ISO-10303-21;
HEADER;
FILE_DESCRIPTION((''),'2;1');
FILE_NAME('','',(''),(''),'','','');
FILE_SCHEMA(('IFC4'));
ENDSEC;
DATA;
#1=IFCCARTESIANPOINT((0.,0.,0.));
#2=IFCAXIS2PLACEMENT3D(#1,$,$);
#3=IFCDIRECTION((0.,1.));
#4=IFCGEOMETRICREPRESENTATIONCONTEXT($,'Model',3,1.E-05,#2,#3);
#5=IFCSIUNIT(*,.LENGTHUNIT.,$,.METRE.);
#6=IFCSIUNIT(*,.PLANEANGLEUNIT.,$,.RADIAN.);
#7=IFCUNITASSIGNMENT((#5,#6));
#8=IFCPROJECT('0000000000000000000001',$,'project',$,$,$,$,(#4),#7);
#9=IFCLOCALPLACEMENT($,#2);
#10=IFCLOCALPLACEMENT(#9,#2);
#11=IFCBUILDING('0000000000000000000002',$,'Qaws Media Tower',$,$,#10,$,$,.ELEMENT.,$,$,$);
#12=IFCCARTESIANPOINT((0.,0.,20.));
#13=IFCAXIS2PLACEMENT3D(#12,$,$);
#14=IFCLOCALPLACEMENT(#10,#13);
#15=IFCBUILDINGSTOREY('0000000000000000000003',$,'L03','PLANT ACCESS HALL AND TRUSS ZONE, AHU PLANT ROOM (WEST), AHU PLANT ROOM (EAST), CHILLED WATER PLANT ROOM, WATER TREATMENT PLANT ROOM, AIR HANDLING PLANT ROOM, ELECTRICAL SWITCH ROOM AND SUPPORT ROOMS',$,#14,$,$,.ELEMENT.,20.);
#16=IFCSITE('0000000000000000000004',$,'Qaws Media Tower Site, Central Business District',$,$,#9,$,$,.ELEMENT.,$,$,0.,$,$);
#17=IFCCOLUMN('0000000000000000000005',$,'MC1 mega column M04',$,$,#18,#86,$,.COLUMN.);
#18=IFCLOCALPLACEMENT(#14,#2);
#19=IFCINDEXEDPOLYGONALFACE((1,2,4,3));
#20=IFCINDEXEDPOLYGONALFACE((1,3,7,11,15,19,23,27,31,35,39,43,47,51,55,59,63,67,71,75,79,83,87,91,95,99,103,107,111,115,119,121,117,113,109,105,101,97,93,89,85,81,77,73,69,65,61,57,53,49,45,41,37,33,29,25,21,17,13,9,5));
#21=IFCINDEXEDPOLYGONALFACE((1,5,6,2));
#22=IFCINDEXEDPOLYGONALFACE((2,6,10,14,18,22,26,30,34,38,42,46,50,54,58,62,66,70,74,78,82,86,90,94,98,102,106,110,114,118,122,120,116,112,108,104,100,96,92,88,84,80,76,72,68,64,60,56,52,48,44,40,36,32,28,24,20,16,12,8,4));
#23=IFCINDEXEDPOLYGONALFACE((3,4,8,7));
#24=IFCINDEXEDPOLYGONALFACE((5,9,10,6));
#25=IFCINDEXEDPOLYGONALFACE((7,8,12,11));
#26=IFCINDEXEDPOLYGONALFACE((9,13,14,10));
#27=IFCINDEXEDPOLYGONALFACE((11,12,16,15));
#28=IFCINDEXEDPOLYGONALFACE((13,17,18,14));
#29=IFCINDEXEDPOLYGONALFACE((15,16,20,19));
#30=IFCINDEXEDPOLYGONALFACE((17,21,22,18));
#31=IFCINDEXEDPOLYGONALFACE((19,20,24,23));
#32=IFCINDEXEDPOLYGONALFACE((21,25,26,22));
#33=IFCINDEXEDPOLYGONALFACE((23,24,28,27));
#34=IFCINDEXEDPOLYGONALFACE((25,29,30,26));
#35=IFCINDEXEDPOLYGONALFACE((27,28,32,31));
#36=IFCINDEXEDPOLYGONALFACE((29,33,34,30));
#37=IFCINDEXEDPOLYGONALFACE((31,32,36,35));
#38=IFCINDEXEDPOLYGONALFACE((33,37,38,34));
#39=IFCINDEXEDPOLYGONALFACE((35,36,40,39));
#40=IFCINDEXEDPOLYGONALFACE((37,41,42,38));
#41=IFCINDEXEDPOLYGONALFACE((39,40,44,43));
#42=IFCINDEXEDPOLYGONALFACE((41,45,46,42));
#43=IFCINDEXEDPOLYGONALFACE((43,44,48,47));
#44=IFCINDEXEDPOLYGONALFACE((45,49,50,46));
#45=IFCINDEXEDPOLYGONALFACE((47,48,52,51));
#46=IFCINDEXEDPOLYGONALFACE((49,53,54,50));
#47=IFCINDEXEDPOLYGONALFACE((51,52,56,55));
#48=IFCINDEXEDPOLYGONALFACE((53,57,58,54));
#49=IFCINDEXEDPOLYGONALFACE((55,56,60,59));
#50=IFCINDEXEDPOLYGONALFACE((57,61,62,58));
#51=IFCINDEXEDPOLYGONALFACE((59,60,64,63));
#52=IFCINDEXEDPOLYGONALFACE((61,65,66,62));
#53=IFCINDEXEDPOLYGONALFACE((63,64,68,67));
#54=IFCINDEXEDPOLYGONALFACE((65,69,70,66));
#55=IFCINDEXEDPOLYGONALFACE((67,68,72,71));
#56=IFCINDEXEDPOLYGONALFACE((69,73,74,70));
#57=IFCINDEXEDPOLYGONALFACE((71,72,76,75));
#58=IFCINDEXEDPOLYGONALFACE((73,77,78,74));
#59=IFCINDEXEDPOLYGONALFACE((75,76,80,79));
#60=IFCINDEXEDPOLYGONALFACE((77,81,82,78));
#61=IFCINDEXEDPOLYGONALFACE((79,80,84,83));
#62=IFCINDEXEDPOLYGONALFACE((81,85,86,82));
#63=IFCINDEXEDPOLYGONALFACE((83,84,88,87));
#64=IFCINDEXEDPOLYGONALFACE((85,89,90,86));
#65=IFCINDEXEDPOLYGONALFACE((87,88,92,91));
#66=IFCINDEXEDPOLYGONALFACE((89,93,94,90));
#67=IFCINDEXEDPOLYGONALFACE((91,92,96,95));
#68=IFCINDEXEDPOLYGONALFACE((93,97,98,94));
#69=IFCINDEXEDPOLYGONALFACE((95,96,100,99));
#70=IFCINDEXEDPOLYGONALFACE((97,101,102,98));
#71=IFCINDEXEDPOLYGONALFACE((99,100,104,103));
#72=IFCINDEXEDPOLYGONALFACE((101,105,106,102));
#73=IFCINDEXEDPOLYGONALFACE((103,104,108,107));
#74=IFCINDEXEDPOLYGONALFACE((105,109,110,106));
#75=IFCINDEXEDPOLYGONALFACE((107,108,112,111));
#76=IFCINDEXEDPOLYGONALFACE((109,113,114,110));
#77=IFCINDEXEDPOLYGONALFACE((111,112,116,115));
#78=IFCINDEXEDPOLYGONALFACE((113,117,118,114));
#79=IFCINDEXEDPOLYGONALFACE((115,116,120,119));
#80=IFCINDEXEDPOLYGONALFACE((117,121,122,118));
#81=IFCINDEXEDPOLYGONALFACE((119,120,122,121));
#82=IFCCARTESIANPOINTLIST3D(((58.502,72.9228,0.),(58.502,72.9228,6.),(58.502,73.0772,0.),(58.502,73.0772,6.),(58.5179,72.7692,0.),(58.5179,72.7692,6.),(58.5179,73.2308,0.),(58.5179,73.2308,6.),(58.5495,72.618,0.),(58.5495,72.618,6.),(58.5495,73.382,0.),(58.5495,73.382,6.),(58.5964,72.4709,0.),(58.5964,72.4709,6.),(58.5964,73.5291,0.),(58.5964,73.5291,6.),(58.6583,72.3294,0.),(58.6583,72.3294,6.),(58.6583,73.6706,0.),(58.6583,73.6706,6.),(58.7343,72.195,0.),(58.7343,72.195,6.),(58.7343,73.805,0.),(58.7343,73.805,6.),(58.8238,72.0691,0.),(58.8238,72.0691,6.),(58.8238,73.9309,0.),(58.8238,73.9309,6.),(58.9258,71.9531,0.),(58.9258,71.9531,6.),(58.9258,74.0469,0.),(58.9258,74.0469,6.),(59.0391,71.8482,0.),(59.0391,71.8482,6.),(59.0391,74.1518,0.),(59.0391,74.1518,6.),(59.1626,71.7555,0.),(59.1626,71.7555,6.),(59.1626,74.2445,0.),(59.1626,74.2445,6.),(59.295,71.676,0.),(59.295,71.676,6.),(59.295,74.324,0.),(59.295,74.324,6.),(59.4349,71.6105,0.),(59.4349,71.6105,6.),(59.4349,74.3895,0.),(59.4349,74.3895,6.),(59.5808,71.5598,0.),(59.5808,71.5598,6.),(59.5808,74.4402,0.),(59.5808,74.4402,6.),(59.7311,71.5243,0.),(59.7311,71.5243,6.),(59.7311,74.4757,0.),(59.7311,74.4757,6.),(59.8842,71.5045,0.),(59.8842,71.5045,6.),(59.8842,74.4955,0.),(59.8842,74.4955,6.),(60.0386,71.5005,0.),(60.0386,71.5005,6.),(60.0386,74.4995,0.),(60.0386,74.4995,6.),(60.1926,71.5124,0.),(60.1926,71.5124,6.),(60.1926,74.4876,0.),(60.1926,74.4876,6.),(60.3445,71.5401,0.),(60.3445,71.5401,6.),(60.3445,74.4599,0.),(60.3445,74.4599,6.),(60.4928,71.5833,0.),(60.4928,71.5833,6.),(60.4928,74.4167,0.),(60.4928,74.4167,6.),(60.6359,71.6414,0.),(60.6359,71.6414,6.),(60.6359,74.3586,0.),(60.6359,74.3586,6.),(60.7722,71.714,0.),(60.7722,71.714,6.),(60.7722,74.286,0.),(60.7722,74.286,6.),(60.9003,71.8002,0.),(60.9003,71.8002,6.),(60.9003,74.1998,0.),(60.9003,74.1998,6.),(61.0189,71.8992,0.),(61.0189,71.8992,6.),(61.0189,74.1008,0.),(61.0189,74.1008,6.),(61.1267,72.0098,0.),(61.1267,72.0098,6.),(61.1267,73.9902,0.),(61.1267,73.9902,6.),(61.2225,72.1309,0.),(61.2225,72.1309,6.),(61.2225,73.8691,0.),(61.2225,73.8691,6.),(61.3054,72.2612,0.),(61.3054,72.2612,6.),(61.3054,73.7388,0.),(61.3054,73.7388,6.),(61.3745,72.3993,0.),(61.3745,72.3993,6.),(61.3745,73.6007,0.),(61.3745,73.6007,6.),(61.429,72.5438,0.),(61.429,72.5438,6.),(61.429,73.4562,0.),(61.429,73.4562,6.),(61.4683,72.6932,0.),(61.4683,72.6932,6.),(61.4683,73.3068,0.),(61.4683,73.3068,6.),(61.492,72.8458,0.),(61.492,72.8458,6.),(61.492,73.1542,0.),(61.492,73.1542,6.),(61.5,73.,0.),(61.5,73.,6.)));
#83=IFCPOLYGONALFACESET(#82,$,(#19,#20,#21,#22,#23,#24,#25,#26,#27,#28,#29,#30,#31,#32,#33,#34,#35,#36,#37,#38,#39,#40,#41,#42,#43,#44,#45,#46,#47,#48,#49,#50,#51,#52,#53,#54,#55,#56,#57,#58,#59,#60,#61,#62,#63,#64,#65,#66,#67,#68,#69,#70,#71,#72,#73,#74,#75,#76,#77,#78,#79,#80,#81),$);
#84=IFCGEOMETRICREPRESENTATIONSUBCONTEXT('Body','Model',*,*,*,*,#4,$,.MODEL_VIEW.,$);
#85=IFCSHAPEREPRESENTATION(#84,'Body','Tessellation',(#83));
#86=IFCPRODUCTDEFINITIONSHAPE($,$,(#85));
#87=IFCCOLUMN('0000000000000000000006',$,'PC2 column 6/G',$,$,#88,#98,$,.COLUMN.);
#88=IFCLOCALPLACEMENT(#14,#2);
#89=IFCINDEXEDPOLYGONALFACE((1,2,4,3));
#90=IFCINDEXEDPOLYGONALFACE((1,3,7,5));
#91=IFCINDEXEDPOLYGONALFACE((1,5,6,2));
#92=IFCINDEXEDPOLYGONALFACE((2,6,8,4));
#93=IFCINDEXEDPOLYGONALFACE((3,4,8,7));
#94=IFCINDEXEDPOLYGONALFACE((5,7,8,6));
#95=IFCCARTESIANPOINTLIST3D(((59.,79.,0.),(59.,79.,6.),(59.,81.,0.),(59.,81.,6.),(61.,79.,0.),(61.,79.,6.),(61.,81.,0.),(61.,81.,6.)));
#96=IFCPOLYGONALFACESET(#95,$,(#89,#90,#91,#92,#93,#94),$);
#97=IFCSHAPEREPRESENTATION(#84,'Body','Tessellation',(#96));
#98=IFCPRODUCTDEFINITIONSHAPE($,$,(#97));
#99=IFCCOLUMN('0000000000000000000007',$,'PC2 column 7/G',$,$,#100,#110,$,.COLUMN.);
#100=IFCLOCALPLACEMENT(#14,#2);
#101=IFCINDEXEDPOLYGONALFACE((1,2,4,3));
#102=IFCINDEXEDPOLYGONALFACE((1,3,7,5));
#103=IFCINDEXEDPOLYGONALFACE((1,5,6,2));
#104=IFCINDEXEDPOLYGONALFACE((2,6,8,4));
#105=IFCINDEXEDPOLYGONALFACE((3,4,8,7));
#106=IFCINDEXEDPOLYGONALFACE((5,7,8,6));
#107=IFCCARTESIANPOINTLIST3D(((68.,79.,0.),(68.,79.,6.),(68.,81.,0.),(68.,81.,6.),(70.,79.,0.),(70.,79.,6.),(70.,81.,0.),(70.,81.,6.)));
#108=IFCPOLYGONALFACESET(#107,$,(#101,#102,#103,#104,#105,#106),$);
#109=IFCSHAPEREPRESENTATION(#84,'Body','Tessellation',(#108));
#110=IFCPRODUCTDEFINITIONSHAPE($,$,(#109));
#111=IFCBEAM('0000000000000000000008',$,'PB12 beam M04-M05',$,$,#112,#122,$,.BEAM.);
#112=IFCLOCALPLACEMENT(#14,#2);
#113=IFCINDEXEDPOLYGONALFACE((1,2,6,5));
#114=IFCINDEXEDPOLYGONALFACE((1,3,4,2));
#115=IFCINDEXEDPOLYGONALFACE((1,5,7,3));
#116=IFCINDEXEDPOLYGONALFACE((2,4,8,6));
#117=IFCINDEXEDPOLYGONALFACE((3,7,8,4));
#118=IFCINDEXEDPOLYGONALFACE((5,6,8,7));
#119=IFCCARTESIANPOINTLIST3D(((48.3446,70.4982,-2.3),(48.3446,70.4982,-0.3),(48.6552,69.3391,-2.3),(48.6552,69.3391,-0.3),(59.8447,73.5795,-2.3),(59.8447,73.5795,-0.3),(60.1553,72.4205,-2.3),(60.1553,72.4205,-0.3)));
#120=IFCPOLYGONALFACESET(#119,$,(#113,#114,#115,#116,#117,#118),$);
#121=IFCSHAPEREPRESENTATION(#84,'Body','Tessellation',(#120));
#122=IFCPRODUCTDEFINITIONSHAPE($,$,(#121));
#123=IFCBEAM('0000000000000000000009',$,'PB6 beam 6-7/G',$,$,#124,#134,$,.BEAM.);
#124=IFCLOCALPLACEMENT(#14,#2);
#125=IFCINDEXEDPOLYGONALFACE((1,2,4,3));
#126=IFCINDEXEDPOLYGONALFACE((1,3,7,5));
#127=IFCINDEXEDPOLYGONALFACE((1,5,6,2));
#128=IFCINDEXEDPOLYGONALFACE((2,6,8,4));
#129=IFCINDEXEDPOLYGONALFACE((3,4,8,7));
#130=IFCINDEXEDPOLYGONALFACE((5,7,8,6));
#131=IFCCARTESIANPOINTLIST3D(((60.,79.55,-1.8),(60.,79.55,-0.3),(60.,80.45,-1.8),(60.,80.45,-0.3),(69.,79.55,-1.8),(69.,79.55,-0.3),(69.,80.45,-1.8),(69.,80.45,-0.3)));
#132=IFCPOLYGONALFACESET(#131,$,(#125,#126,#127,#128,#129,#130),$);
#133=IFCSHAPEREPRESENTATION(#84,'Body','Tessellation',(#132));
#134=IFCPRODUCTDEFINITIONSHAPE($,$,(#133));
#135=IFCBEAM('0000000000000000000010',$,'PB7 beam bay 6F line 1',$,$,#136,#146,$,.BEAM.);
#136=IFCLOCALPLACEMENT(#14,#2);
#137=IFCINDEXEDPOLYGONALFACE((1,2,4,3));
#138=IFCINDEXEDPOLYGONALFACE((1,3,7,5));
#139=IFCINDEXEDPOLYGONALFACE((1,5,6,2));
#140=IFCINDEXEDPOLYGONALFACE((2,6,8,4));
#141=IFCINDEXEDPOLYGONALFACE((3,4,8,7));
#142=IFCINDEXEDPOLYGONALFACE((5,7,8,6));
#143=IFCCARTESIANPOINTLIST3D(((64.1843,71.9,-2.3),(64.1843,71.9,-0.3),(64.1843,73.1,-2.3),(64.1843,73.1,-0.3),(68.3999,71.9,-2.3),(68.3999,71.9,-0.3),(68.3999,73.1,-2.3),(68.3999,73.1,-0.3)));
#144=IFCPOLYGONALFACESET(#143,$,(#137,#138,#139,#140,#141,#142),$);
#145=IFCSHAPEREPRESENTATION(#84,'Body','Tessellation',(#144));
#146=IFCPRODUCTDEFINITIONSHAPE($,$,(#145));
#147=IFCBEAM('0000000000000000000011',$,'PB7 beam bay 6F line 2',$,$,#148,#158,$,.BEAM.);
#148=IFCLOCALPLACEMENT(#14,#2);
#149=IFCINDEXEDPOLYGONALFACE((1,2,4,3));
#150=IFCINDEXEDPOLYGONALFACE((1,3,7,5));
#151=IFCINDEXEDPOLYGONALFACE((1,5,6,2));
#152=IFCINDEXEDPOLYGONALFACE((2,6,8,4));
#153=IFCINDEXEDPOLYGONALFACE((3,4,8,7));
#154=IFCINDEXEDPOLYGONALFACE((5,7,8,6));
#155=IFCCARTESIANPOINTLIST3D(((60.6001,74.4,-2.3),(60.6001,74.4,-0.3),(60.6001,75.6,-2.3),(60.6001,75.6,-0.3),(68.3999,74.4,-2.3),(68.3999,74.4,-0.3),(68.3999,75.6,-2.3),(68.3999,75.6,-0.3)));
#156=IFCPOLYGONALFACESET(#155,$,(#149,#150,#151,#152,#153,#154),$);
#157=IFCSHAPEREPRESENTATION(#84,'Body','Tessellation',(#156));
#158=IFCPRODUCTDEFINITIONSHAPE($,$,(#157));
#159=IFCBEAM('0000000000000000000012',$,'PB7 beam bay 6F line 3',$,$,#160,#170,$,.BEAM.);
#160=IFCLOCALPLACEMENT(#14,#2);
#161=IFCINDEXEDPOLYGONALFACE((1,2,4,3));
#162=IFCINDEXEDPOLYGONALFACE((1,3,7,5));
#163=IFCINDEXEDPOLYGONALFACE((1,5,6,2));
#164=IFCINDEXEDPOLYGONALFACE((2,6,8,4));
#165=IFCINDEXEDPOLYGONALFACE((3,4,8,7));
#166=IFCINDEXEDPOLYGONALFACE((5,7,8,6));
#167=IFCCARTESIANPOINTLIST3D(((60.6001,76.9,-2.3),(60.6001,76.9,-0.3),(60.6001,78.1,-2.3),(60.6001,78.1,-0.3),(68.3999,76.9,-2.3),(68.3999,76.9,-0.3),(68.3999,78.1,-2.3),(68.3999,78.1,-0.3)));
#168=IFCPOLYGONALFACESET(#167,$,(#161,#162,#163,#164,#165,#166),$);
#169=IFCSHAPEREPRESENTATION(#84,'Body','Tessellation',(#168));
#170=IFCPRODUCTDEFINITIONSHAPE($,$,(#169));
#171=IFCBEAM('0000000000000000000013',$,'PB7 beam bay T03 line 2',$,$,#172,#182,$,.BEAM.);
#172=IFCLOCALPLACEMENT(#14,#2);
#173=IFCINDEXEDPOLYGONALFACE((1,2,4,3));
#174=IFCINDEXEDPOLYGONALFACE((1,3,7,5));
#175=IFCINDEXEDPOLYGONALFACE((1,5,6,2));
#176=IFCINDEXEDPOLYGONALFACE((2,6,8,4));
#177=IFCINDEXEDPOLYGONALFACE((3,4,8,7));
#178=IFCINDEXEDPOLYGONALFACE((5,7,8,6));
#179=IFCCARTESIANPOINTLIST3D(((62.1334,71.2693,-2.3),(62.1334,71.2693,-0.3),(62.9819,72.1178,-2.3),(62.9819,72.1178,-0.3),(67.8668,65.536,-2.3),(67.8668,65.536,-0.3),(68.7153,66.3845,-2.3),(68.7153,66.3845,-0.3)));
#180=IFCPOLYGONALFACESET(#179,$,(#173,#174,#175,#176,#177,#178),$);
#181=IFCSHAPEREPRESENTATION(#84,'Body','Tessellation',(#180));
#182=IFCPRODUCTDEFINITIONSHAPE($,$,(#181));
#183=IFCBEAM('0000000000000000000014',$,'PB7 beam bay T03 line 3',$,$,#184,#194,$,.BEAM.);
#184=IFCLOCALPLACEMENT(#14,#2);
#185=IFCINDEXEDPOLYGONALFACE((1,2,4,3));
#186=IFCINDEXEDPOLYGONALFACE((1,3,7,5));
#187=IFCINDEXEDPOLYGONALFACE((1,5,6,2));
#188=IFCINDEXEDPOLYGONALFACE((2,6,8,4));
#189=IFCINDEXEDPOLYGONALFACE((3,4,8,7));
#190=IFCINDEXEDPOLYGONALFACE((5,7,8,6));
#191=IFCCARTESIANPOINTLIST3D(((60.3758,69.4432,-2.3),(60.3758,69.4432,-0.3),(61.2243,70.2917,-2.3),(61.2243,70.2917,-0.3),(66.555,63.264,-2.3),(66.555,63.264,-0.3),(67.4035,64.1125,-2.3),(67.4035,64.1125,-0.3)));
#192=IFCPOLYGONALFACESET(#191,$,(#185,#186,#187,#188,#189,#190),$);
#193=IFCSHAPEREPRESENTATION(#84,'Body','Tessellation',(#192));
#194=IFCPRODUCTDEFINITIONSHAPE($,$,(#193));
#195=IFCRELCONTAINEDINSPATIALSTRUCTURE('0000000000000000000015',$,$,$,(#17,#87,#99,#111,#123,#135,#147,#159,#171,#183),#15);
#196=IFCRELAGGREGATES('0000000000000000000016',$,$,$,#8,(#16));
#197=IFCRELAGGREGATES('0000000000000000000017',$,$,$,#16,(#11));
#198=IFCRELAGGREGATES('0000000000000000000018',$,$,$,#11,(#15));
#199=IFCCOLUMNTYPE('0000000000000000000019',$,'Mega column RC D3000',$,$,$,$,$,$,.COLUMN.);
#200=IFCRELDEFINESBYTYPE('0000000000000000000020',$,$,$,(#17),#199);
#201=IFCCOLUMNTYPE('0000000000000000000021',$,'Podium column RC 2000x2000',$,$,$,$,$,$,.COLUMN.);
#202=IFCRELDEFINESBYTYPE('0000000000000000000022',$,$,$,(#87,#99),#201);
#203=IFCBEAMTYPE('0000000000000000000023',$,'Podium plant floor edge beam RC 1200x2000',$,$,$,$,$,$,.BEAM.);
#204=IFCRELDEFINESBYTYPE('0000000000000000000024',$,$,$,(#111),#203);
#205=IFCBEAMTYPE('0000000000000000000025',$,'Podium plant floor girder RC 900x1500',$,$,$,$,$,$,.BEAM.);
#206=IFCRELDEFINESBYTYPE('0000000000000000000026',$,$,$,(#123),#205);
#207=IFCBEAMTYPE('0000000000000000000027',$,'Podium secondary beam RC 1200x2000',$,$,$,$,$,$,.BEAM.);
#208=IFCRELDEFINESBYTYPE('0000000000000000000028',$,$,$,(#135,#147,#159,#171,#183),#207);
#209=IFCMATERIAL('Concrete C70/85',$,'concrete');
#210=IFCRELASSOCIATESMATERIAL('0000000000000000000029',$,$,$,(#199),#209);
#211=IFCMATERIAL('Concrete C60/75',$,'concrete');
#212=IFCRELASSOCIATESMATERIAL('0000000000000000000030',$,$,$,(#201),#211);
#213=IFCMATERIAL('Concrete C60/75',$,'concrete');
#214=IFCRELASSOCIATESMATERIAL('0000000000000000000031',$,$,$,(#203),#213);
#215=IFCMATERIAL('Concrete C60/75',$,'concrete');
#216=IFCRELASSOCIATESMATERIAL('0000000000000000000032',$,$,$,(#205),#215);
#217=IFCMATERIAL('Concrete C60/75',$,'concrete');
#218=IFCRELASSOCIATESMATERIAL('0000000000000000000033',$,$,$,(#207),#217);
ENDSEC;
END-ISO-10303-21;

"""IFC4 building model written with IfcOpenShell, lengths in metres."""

from ifc_helpers import new_model, si_unit, direction, frame, origin, origin_2d, place, context, subcontext, project, spatial, rectangle, circle, extrude, material, material_profile, profile_set, type_object, element, save


model = new_model("IFC4")

# Units and contexts
model_context = context("Model", 3, precision=1e-05, world=origin(), true_north=direction((0.0, 1.0)))
body_context = subcontext(model_context, "Body", "Model", "MODEL_VIEW")
ifc_project = project(units=[si_unit("LENGTHUNIT", "METRE"), si_unit("PLANEANGLEUNIT", "RADIAN")], contexts=[model_context])

# Site, building, storey
site_placement = place(None, origin())
site = spatial("IfcSite", under=ifc_project, at=site_placement, Name="Qaws Media Tower Site, Central Business District", CompositionType="ELEMENT", RefElevation=0.0)
building_placement = place(site_placement, origin())
building = spatial("IfcBuilding", under=site, at=building_placement, Name="Qaws Media Tower", CompositionType="ELEMENT")
storey_placement = place(building_placement, frame((0.0, 0.0, 20.0)))
storey = spatial("IfcBuildingStorey", under=building, at=storey_placement, Name="L03", Description="PLANT ACCESS HALL AND TRUSS ZONE, AHU PLANT ROOM (WEST), AHU PLANT ROOM (EAST), CHILLED WATER PLANT ROOM, WATER TREATMENT PLANT ROOM, AIR HANDLING PLANT ROOM, ELECTRICAL SWITCH ROOM AND SUPPORT ROOMS", CompositionType="ELEMENT", Elevation=20.0)

# Columns
ifc_material_1 = material(Name="Concrete C70/85", Category="concrete")
ifc_material_profile_1 = material_profile(ifc_material_1, circle(Radius=1.5, at=origin_2d()), Name="RC D3000")
ifc_profile_set_1 = profile_set([ifc_material_profile_1], Name="Concrete C70/85")
column_type_1 = type_object("IfcColumnType", Name="Mega column RC D3000", PredefinedType="COLUMN", material=ifc_profile_set_1)
column_placement = place(storey_placement, frame((60.0, 73.0, 0.0), z_axis=(0.0, 0.0, 1.0), x_axis=(1.0, 0.0, 0.0)))
element("IfcColumn", 1, at=column_placement, inside=storey, type_object=column_type_1, Name="MC1 mega column M04", PredefinedType="COLUMN", context=body_context, shape_type="SweptSolid", body=[
    extrude(circle(Radius=1.5, at=origin_2d()), origin(), (0.0, 0.0, 1.0), 6.0),
])
ifc_material_2 = material(Name="Concrete C60/75", Category="concrete")
ifc_material_profile_2 = material_profile(ifc_material_2, rectangle(XDim=2.0, YDim=2.0, at=origin_2d()), Name="RC 2000x2000")
ifc_profile_set_2 = profile_set([ifc_material_profile_2], Name="Concrete C60/75")
column_type_2 = type_object("IfcColumnType", Name="Podium column RC 2000x2000", PredefinedType="COLUMN", material=ifc_profile_set_2)
for number, where, z_axis, x_axis, name in (
    (2, (60.0, 80.0, 0.0), (0.0, 0.0, 1.0), (1.0, 0.0, 0.0), "PC2 column 6/G"),
    (3, (69.0, 80.0, 0.0), (0.0, 0.0, 1.0), (1.0, 0.0, 0.0), "PC2 column 7/G"),
):
    element("IfcColumn", number, at=place(storey_placement, frame(where, z_axis=z_axis, x_axis=x_axis)), inside=storey, type_object=column_type_2, Name=name, PredefinedType="COLUMN", context=body_context, shape_type="SweptSolid", body=[
        extrude(rectangle(XDim=2.0, YDim=2.0, at=origin_2d()), origin(), (0.0, 0.0, 1.0), 6.0),
    ])

# Beams
ifc_material_3 = material(Name="Concrete C60/75", Category="concrete")
ifc_material_profile_3 = material_profile(ifc_material_3, rectangle(XDim=1.2, YDim=2.0, at=origin_2d()), Name="RC 1200x2000")
ifc_profile_set_3 = profile_set([ifc_material_profile_3], Name="Concrete C60/75")
beam_type_1 = type_object("IfcBeamType", Name="Podium plant floor edge beam RC 1200x2000", PredefinedType="BEAM", material=ifc_profile_set_3)
beam_1_placement = place(storey_placement, frame((60.0, 73.0, -1.3), z_axis=(-0.965928, -0.25881, 0.0), x_axis=(0.25881, -0.965928, 0.0)))
element("IfcBeam", 4, at=beam_1_placement, inside=storey, type_object=beam_type_1, Name="PB12 beam M04-M05", PredefinedType="BEAM", context=body_context, shape_type="SweptSolid", body=[
    extrude(rectangle(XDim=1.2, YDim=2.0, at=origin_2d()), origin(), (0.0, 0.0, 1.0), 11.9058),
])
ifc_material_4 = material(Name="Concrete C60/75", Category="concrete")
ifc_material_profile_4 = material_profile(ifc_material_4, rectangle(XDim=0.8999, YDim=1.5, at=origin_2d()), Name="RC 900x1500")
ifc_profile_set_4 = profile_set([ifc_material_profile_4], Name="Concrete C60/75")
beam_type_2 = type_object("IfcBeamType", Name="Podium plant floor girder RC 900x1500", PredefinedType="BEAM", material=ifc_profile_set_4)
beam_2_placement = place(storey_placement, frame((60.0, 80.0, -1.05), z_axis=(1.0, 0.0, 0.0), x_axis=(0.0, 1.0, 0.0)))
element("IfcBeam", 5, at=beam_2_placement, inside=storey, type_object=beam_type_2, Name="PB6 beam 6-7/G", PredefinedType="BEAM", context=body_context, shape_type="SweptSolid", body=[
    extrude(rectangle(XDim=0.8999, YDim=1.5, at=origin_2d()), origin(), (0.0, 0.0, 1.0), 9.0),
])
ifc_material_5 = material(Name="Concrete C60/75", Category="concrete")
ifc_material_profile_5 = material_profile(ifc_material_5, rectangle(XDim=1.2, YDim=2.0, at=origin_2d()), Name="RC 1200x2000")
ifc_profile_set_5 = profile_set([ifc_material_profile_5], Name="Concrete C60/75")
beam_type_3 = type_object("IfcBeamType", Name="Podium secondary beam RC 1200x2000", PredefinedType="BEAM", material=ifc_profile_set_5)
beam_3_placement = place(storey_placement, frame((64.1843, 72.5, -1.3), z_axis=(1.0, 0.0, 0.0), x_axis=(0.0, 1.0, 0.0)))
element("IfcBeam", 6, at=beam_3_placement, inside=storey, type_object=beam_type_3, Name="PB7 beam bay 6F line 1", PredefinedType="BEAM", context=body_context, shape_type="SweptSolid", body=[
    extrude(rectangle(XDim=1.2, YDim=2.0, at=origin_2d()), origin(), (0.0, 0.0, 1.0), 4.2156),
])
for number, where, z_axis, x_axis, name in (
    (7, (60.6001, 75.0, -1.3), (1.0, 0.0, 0.0), (0.0, 1.0, 0.0), "PB7 beam bay 6F line 2"),
    (8, (60.6001, 77.5, -1.3), (1.0, 0.0, 0.0), (0.0, 1.0, 0.0), "PB7 beam bay 6F line 3"),
):
    element("IfcBeam", number, at=place(storey_placement, frame(where, z_axis=z_axis, x_axis=x_axis)), inside=storey, type_object=beam_type_3, Name=name, PredefinedType="BEAM", context=body_context, shape_type="SweptSolid", body=[
        extrude(rectangle(XDim=1.2, YDim=2.0, at=origin_2d()), origin(), (0.0, 0.0, 1.0), 7.7998),
    ])
beam_4_placement = place(storey_placement, frame((68.291, 65.9602, -1.3), z_axis=(-0.707107, 0.707107, 0.0), x_axis=(-0.707107, -0.707107, 0.0)))
element("IfcBeam", 9, at=beam_4_placement, inside=storey, type_object=beam_type_3, Name="PB7 beam bay T03 line 2", PredefinedType="BEAM", context=body_context, shape_type="SweptSolid", body=[
    extrude(rectangle(XDim=1.2, YDim=2.0, at=origin_2d()), origin(), (0.0, 0.0, 1.0), 8.1082),
])
beam_5_placement = place(storey_placement, frame((66.9792, 63.6882, -1.3), z_axis=(-0.707107, 0.707107, 0.0), x_axis=(-0.707107, -0.707107, 0.0)))
element("IfcBeam", 10, at=beam_5_placement, inside=storey, type_object=beam_type_3, Name="PB7 beam bay T03 line 3", PredefinedType="BEAM", context=body_context, shape_type="SweptSolid", body=[
    extrude(rectangle(XDim=1.2, YDim=2.0, at=origin_2d()), origin(), (0.0, 0.0, 1.0), 8.7388),
])

save(model, "model.ifc")
